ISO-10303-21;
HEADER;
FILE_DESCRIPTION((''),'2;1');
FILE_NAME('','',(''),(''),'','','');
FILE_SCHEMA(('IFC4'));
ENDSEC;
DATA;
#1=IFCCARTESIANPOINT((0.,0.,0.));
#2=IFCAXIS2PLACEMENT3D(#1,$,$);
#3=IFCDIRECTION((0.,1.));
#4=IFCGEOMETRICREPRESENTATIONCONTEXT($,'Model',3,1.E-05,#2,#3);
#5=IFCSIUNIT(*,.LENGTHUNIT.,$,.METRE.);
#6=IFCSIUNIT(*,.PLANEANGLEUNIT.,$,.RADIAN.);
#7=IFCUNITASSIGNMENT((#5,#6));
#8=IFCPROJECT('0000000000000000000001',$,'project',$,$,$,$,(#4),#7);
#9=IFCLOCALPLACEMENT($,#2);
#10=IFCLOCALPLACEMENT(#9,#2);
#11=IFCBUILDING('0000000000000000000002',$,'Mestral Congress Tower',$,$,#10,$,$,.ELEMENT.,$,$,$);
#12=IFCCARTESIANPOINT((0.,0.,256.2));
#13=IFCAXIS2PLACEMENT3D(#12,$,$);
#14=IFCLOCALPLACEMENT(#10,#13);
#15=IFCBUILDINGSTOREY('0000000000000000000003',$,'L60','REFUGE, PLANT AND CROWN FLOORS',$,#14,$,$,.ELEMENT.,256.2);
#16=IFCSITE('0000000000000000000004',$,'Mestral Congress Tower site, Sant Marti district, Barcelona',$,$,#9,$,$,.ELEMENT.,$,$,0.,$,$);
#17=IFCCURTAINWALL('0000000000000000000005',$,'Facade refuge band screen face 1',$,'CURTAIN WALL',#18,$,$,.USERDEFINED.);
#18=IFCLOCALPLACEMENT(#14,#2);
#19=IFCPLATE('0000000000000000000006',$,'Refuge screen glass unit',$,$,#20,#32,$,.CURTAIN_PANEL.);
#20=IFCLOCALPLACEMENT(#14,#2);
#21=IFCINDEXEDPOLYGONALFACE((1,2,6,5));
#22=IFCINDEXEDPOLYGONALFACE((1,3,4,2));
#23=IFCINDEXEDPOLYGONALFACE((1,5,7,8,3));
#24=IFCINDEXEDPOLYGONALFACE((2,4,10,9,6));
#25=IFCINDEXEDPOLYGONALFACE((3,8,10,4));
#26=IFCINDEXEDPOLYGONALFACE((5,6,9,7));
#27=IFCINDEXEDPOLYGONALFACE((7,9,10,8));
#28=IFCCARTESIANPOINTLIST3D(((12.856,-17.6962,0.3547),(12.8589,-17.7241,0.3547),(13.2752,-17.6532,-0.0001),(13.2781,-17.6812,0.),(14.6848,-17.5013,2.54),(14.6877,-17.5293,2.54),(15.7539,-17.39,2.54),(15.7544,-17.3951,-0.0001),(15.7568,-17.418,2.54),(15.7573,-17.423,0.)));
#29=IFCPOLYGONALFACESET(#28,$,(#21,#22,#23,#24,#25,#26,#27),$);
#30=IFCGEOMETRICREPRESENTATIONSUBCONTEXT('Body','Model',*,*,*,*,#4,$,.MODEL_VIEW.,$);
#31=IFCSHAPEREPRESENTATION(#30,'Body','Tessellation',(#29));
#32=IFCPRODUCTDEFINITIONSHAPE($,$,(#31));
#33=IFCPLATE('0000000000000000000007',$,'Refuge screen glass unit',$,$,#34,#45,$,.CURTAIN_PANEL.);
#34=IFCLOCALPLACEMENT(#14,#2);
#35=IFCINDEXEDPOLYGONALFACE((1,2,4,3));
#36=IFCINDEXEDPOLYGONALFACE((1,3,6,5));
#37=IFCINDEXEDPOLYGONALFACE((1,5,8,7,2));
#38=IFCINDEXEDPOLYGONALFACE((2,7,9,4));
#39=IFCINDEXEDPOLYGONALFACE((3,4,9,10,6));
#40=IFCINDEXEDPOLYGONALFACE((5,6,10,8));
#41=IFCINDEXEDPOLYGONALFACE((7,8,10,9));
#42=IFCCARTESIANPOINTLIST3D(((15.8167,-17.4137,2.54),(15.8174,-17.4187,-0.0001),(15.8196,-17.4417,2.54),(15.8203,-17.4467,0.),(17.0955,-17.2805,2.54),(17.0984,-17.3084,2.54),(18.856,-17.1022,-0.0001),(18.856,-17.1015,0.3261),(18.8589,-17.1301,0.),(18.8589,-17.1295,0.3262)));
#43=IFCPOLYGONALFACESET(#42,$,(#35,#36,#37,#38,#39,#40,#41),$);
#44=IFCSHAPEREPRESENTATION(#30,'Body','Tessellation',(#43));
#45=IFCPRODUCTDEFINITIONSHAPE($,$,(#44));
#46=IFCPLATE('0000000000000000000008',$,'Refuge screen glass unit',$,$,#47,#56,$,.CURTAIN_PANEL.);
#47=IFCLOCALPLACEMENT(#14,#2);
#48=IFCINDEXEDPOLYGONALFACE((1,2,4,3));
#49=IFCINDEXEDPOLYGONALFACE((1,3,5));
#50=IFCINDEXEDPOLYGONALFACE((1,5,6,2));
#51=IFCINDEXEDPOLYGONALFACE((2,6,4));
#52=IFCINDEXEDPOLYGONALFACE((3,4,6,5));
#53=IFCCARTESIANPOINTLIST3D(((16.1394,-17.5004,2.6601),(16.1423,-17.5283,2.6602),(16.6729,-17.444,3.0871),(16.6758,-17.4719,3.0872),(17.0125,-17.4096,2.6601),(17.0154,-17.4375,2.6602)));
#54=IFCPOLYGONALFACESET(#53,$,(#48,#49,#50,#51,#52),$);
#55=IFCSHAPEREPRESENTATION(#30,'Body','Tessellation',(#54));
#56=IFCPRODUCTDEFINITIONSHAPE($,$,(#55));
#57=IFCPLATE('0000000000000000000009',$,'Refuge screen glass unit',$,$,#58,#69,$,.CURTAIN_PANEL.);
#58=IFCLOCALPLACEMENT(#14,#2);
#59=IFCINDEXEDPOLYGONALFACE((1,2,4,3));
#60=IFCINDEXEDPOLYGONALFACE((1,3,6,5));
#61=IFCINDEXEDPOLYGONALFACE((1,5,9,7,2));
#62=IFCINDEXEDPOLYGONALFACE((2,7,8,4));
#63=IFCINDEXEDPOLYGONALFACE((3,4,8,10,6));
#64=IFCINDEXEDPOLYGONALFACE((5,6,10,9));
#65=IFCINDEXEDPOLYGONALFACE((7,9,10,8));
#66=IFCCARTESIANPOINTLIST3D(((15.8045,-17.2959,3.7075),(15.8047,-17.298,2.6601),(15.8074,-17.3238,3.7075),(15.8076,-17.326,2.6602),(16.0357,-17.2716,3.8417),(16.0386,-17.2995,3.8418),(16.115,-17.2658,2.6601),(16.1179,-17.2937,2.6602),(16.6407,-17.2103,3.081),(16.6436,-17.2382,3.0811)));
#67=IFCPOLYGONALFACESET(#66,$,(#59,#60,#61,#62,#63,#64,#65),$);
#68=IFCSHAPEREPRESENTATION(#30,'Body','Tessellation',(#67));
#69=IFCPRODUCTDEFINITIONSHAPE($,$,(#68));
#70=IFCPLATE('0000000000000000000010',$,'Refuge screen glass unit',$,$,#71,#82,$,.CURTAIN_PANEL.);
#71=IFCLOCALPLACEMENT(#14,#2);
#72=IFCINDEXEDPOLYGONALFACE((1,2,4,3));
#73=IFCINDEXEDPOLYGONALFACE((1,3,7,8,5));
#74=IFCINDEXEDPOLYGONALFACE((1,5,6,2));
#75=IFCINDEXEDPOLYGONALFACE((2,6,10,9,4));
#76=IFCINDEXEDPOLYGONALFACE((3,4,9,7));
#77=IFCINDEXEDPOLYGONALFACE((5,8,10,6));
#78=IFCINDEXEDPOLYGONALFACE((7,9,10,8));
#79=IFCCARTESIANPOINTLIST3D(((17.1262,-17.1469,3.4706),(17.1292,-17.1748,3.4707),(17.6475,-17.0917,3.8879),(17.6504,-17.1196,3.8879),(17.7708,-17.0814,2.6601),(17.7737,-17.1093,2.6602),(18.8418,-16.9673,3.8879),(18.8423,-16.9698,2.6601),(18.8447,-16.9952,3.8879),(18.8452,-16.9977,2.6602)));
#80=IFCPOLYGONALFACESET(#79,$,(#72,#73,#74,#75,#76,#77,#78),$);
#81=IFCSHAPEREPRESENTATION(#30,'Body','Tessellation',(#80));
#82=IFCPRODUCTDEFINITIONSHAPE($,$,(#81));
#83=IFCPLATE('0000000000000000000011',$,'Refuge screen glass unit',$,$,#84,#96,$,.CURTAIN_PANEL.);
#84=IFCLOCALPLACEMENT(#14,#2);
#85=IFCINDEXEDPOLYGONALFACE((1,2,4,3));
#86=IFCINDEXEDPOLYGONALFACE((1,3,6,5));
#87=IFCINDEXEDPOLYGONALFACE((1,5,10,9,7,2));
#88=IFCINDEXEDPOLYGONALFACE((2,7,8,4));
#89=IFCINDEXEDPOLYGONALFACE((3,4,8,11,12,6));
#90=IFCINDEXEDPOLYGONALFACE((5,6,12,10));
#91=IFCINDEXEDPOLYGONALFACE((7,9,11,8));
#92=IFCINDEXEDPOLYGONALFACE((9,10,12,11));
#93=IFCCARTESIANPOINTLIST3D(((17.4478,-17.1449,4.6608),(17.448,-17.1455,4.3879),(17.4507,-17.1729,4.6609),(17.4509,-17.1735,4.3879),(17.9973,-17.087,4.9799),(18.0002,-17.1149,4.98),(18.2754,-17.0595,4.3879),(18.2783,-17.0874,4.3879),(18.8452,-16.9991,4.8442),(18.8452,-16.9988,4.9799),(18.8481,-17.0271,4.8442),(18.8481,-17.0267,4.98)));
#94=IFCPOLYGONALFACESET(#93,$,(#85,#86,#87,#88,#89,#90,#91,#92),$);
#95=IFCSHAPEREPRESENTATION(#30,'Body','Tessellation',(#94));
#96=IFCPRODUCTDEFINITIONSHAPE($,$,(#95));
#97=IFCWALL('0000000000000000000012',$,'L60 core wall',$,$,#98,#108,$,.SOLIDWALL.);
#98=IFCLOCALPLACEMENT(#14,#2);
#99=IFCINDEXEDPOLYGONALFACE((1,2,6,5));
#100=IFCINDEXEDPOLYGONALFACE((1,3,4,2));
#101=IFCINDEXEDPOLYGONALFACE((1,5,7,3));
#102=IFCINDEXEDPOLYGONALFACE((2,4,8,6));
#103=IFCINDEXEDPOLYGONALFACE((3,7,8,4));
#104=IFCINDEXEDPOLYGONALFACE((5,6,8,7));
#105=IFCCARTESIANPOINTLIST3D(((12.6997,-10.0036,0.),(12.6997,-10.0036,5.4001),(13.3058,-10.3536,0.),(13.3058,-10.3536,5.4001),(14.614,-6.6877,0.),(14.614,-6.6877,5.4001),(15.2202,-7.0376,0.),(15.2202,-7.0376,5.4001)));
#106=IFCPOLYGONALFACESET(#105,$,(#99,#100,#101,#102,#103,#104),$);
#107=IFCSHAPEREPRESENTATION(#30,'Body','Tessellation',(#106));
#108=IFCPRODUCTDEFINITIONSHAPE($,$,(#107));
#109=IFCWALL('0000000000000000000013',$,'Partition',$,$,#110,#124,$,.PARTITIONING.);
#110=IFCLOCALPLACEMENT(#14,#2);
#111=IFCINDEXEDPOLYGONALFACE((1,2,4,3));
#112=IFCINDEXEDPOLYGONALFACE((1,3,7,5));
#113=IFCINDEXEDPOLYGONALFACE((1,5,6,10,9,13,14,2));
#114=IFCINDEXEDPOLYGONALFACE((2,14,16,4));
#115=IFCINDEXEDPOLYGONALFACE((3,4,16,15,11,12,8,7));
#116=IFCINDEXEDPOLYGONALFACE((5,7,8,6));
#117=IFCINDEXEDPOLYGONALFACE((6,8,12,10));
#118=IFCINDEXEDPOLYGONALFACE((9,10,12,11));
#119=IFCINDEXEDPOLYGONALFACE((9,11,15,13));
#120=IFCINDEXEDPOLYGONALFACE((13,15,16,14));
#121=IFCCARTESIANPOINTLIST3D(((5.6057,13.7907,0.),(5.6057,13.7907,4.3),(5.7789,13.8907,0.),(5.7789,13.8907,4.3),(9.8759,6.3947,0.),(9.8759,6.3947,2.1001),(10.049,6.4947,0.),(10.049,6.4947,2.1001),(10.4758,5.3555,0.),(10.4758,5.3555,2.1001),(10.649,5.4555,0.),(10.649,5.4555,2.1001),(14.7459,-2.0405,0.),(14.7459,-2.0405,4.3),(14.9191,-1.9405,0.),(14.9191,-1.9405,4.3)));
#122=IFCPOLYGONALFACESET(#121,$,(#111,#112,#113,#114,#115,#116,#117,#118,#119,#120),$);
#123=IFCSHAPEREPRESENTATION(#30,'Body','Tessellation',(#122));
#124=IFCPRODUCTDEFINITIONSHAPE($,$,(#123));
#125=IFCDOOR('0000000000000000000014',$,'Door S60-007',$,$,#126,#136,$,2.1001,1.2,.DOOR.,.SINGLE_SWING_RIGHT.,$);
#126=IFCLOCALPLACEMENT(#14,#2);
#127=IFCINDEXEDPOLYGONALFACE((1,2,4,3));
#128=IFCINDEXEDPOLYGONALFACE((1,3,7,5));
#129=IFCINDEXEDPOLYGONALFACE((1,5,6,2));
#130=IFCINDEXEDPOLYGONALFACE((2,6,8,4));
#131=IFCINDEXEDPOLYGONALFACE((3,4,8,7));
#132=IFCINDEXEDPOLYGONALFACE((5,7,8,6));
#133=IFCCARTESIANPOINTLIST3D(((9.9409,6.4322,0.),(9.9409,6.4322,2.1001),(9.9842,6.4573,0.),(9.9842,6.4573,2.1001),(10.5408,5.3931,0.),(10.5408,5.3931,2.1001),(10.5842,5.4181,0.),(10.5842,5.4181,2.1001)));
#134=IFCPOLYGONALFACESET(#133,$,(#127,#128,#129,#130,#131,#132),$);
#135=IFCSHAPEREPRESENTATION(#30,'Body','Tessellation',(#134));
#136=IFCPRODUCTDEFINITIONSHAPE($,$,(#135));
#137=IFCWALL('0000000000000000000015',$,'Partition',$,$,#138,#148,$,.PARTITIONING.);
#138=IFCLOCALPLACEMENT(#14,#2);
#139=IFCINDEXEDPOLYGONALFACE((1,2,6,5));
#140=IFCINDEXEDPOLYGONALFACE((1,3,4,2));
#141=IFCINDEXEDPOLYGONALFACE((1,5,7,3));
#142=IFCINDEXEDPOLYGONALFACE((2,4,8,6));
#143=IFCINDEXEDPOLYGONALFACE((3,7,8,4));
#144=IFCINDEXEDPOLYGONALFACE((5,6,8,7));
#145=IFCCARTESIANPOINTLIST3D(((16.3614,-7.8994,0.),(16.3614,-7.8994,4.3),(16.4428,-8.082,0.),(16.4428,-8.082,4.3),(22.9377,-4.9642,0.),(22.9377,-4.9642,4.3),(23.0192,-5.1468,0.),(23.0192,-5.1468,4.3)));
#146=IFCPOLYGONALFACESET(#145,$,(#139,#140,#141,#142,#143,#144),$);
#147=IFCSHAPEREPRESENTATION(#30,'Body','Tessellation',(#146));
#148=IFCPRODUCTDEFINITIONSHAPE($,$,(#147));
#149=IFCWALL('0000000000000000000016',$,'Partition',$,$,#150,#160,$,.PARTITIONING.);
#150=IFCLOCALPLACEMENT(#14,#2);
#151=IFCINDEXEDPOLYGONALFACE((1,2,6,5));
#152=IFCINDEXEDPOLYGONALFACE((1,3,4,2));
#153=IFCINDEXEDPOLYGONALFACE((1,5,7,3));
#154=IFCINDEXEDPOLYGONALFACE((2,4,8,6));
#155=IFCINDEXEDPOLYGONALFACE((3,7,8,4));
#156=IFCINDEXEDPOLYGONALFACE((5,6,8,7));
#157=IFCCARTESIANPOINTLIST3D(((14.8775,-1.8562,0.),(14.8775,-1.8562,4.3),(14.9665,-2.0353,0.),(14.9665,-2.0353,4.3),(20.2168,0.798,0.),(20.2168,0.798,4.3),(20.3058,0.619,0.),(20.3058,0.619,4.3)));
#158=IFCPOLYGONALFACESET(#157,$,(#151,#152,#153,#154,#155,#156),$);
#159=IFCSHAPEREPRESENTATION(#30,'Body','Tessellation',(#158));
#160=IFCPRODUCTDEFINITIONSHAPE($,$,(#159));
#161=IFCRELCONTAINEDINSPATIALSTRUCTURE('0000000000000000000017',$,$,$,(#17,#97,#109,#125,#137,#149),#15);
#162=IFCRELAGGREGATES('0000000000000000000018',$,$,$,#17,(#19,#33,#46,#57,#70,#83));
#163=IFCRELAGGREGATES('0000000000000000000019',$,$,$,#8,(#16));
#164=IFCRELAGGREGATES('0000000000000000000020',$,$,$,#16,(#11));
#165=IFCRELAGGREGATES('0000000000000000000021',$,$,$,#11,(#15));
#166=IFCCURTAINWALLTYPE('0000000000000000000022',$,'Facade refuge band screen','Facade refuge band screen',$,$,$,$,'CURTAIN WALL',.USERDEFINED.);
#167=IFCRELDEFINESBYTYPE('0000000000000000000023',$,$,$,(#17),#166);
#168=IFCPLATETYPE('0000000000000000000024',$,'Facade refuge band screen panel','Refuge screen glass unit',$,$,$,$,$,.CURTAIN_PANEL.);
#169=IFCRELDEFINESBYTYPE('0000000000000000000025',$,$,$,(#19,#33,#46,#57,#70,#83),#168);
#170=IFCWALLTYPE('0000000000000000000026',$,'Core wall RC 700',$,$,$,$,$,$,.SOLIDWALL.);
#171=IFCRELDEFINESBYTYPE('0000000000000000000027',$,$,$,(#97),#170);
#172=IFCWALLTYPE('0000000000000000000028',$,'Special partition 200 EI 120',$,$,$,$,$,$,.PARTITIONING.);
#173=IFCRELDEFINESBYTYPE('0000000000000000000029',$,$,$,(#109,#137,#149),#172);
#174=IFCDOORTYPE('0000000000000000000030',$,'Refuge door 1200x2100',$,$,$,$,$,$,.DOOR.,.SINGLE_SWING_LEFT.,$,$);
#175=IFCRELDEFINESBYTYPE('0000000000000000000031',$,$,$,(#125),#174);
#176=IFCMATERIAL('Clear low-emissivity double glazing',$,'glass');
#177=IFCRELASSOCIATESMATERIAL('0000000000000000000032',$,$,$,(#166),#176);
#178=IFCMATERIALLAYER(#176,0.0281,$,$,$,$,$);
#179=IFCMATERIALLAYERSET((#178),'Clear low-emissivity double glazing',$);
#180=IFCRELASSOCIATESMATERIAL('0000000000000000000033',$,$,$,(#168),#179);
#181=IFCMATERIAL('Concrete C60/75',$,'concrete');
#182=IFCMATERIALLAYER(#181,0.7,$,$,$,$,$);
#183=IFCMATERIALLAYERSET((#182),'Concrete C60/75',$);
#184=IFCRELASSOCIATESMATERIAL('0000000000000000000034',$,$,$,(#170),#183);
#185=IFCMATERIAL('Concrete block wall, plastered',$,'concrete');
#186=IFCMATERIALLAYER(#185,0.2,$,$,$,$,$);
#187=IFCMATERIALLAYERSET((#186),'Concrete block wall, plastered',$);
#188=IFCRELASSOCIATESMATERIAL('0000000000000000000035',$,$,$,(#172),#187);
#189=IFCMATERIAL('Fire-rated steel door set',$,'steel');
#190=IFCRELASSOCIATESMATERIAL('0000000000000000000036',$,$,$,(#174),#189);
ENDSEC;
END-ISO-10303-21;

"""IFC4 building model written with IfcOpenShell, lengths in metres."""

from ifc_helpers import new_model, si_unit, direction, frame, frame_2d, origin, place, context, subcontext, project, spatial, polyline, rectangle, outline, extrude, material, layer, layer_set, type_object, element, fill, aggregate, save


model = new_model("IFC4")

# Units and contexts
model_context = context("Model", 3, precision=1e-05, world=origin(), true_north=direction((0.0, 1.0)))
body_context = subcontext(model_context, "Body", "Model", "MODEL_VIEW")
ifc_project = project(units=[si_unit("LENGTHUNIT", "METRE"), si_unit("PLANEANGLEUNIT", "RADIAN")], contexts=[model_context])

# Site, building, storey
site_placement = place(None, origin())
site = spatial("IfcSite", under=ifc_project, at=site_placement, Name="Mestral Congress Tower site, Sant Marti district, Barcelona", CompositionType="ELEMENT", RefElevation=0.0)
building_placement = place(site_placement, origin())
building = spatial("IfcBuilding", under=site, at=building_placement, Name="Mestral Congress Tower", CompositionType="ELEMENT")
storey_placement = place(building_placement, frame((0.0, 0.0, 256.2)))
storey = spatial("IfcBuildingStorey", under=building, at=storey_placement, Name="L60", Description="REFUGE, PLANT AND CROWN FLOORS", CompositionType="ELEMENT", Elevation=256.2)

# Curtain wall, plates
ifc_material_1 = material(Name="Clear low-emissivity double glazing", Category="glass")
curtain_wall_type = type_object("IfcCurtainWallType", Name="Facade refuge band screen", Description="Facade refuge band screen", ElementType="CURTAIN WALL", PredefinedType="USERDEFINED", material=ifc_material_1)
curtain_wall_placement = place(storey_placement, origin())
curtain_wall = element("IfcCurtainWall", 1, at=curtain_wall_placement, inside=storey, type_object=curtain_wall_type, Name="Facade refuge band screen face 1", ObjectType="CURTAIN WALL", PredefinedType="USERDEFINED")
ifc_layer_1 = layer(ifc_material_1, 0.0281)
ifc_layer_set_1 = layer_set([ifc_layer_1], Name="Clear low-emissivity double glazing")
plate_type_1 = type_object("IfcPlateType", Name="Facade refuge band screen panel", Description="Refuge screen glass unit", PredefinedType="CURTAIN_PANEL", material=ifc_layer_set_1)
plate_1_placement = place(storey_placement, frame((15.7568, -17.418, 2.54), z_axis=(0.103551, -0.994622, 0.002006), x_axis=(0.00019, -0.001997, -0.999998)))
plate_1 = element("IfcPlate", 2, at=plate_1_placement, type_object=plate_type_1, Name="Refuge screen glass unit", PredefinedType="CURTAIN_PANEL", context=body_context, shape_type="SweptSolid", body=[
    extrude(outline(polyline([(0.0, 0.0), (2.54, 0.0), (2.5401, -2.4926), (2.1854, -2.914), (0.0, -1.0749), (0.0, 0.0)])), origin(), (0.0, 0.0, -1.0), 0.0281),
])
plate_2_placement = place(storey_placement, frame((15.8196, -17.4417, 2.54), z_axis=(0.103617, -0.994615, 0.001993), x_axis=(0.994617, 0.103617, 0.0)))
plate_2 = element("IfcPlate", 3, at=plate_2_placement, type_object=plate_type_1, Name="Refuge screen glass unit", PredefinedType="CURTAIN_PANEL", context=body_context, shape_type="SweptSolid", body=[
    extrude(outline(polyline([(0.0, 0.0), (1.2857, 0.0), (3.0553, -2.2139), (3.0552, -2.54), (0.0002, -2.54), (0.0, 0.0)])), origin(), (0.0, 0.0, -1.0), 0.0281),
])
plate_3_placement = place(storey_placement, frame((17.0154, -17.4375, 2.6602), z_axis=(0.103468, -0.994631, 0.002105), x_axis=(-0.994633, -0.103469, 0.0)))
plate_3 = element("IfcPlate", 4, at=plate_3_placement, type_object=plate_type_1, Name="Refuge screen glass unit", PredefinedType="CURTAIN_PANEL", context=body_context, shape_type="SweptSolid", body=[
    extrude(outline(polyline([(0.0, 0.0), (0.8778, 0.0), (0.3413, -0.427), (0.0, 0.0)])), origin(), (0.0, 0.0, -1.0), 0.0281),
])
plate_4_placement = place(storey_placement, frame((16.1179, -17.2937, 2.6602), z_axis=(0.103404, -0.994637, 0.002039), x_axis=(-0.994639, -0.103404, 0.0)))
plate_4 = element("IfcPlate", 5, at=plate_4_placement, type_object=plate_type_1, Name="Refuge screen glass unit", PredefinedType="CURTAIN_PANEL", context=body_context, shape_type="SweptSolid", body=[
    extrude(outline(polyline([(0.0, 0.0), (0.312, 0.0), (0.312, -1.0474), (0.0795, -1.1816), (-0.5286, -0.4209), (0.0, 0.0)])), origin(), (0.0, 0.0, -1.0), 0.0281),
])
plate_5_placement = place(storey_placement, frame((17.1292, -17.1748, 3.4707), z_axis=(0.103625, -0.994614, 0.002071), x_axis=(0.778053, 0.082359, 0.622777)))
plate_5 = element("IfcPlate", 6, at=plate_5_placement, type_object=plate_type_1, Name="Refuge screen glass unit", PredefinedType="CURTAIN_PANEL", context=body_context, shape_type="SweptSolid", body=[
    extrude(outline(polyline([(0.0, 0.0), (0.67, 0.0), (1.6095, -0.7478), (0.845, -1.7086), (0.0021, -1.0376), (0.0, 0.0)])), origin(), (0.0, 0.0, -1.0), 0.0281),
])
plate_6_placement = place(storey_placement, frame((17.4507, -17.1729, 4.6609), z_axis=(0.103468, -0.99463, 0.002293), x_axis=(0.861225, 0.090743, 0.500058)))
plate_6 = element("IfcPlate", 7, at=plate_6_placement, type_object=plate_type_1, Name="Refuge screen glass unit", PredefinedType="CURTAIN_PANEL", context=body_context, shape_type="SweptSolid", body=[
    extrude(outline(polyline([(0.0, 0.0), (0.6381, 0.0), (1.3763, -0.4263), (1.3084, -0.5438), (0.584, -0.6524), (-0.1363, -0.2365), (0.0, 0.0)])), origin(), (0.0, 0.0, -1.0), 0.0281),
])

# Wall
ifc_material_2 = material(Name="Concrete C60/75", Category="concrete")
ifc_layer_2 = layer(ifc_material_2, 0.7)
ifc_layer_set_2 = layer_set([ifc_layer_2], Name="Concrete C60/75")
wall_type_1 = type_object("IfcWallType", Name="Core wall RC 700", PredefinedType="SOLIDWALL", material=ifc_layer_set_2)
wall_1_placement = place(storey_placement, frame((13.0027, -10.1787, 0.0), z_axis=(0.0, 0.0, 1.0), x_axis=(0.499973, 0.866041, 0.0)))
element("IfcWall", 8, at=wall_1_placement, inside=storey, type_object=wall_type_1, Name="L60 core wall", PredefinedType="SOLIDWALL", context=body_context, shape_type="SweptSolid", body=[
    extrude(rectangle(XDim=3.8289, YDim=0.7, at=frame_2d((1.9146, 0.0))), origin(), (0.0, 0.0, 1.0), 5.4001),
])

# Wall, opening, door
ifc_material_3 = material(Name="Concrete block wall, plastered", Category="concrete")
ifc_layer_3 = layer(ifc_material_3, 0.2)
ifc_layer_set_3 = layer_set([ifc_layer_3], Name="Concrete block wall, plastered")
wall_type_2 = type_object("IfcWallType", Name="Special partition 200 EI 120", PredefinedType="PARTITIONING", material=ifc_layer_set_3)
wall_2_placement = place(storey_placement, frame((14.8325, -1.9905, 0.0), z_axis=(0.0, 0.0, 1.0), x_axis=(-0.500003, 0.866024, 0.0)))
wall_2 = element("IfcWall", 9, at=wall_2_placement, inside=storey, type_object=wall_type_2, Name="Partition", PredefinedType="PARTITIONING", context=body_context, shape_type="SweptSolid", body=[
    extrude(rectangle(XDim=18.2803, YDim=0.2, at=frame_2d((9.1401, 0.0))), origin(), (0.0, 0.0, 1.0), 4.3),
])
opening_1_placement = place(wall_2_placement, frame((8.54, 0.0, 0.0)))
opening_1 = element("IfcOpeningElement", 10, at=opening_1_placement, cuts=wall_2, PredefinedType="OPENING", context=body_context, shape_type="SweptSolid", body=[
    extrude(rectangle(XDim=1.2, YDim=2.1001, at=frame_2d((0.6001, 1.05))), frame((0.0, 0.1099, 0.0), z_axis=(0.0, -1.0, 0.0), x_axis=(1.0, 0.0, 0.0)), (0.0, 0.0, 1.0), 0.22),
])
ifc_material_4 = material(Name="Fire-rated steel door set", Category="steel")
door_type_1 = type_object("IfcDoorType", Name="Refuge door 1200x2100", OperationType="SINGLE_SWING_LEFT", PredefinedType="DOOR", material=ifc_material_4)
door_1_placement = place(opening_1_placement, origin())
door_1 = element("IfcDoor", 11, at=door_1_placement, inside=storey, type_object=door_type_1, Name="Door S60-007", OperationType="SINGLE_SWING_RIGHT", OverallHeight=2.1001, OverallWidth=1.2, PredefinedType="DOOR", context=body_context, shape_type="SweptSolid", body=[
    extrude(rectangle(XDim=1.2, YDim=2.1001, at=frame_2d((0.6001, 1.05))), frame((0.0, 0.0249, 0.0), z_axis=(0.0, -1.0, 0.0), x_axis=(1.0, 0.0, 0.0)), (0.0, 0.0, 1.0), 0.05),
])
fill(opening_1, door_1)

# Walls
wall_3_placement = place(storey_placement, frame((16.4021, -7.9907, 0.0), z_axis=(0.0, 0.0, 1.0), x_axis=(0.913169, 0.407582, 0.0)))
element("IfcWall", 12, at=wall_3_placement, inside=storey, type_object=wall_type_2, Name="Partition", PredefinedType="PARTITIONING", context=body_context, shape_type="SweptSolid", body=[
    extrude(rectangle(XDim=7.2017, YDim=0.2, at=frame_2d((3.6008, 0.0))), origin(), (0.0, 0.0, 1.0), 4.3),
])
wall_4_placement = place(storey_placement, frame((14.9219, -1.9458, 0.0), z_axis=(0.0, 0.0, 1.0), x_axis=(0.895457, 0.445149, 0.0)))
element("IfcWall", 13, at=wall_4_placement, inside=storey, type_object=wall_type_2, Name="Partition", PredefinedType="PARTITIONING", context=body_context, shape_type="SweptSolid", body=[
    extrude(rectangle(XDim=5.9626, YDim=0.2, at=frame_2d((2.9814, 0.0))), origin(), (0.0, 0.0, 1.0), 4.3),
])

aggregate(curtain_wall, [plate_1, plate_2, plate_3, plate_4, plate_5, plate_6])

save(model, "model.ifc")
